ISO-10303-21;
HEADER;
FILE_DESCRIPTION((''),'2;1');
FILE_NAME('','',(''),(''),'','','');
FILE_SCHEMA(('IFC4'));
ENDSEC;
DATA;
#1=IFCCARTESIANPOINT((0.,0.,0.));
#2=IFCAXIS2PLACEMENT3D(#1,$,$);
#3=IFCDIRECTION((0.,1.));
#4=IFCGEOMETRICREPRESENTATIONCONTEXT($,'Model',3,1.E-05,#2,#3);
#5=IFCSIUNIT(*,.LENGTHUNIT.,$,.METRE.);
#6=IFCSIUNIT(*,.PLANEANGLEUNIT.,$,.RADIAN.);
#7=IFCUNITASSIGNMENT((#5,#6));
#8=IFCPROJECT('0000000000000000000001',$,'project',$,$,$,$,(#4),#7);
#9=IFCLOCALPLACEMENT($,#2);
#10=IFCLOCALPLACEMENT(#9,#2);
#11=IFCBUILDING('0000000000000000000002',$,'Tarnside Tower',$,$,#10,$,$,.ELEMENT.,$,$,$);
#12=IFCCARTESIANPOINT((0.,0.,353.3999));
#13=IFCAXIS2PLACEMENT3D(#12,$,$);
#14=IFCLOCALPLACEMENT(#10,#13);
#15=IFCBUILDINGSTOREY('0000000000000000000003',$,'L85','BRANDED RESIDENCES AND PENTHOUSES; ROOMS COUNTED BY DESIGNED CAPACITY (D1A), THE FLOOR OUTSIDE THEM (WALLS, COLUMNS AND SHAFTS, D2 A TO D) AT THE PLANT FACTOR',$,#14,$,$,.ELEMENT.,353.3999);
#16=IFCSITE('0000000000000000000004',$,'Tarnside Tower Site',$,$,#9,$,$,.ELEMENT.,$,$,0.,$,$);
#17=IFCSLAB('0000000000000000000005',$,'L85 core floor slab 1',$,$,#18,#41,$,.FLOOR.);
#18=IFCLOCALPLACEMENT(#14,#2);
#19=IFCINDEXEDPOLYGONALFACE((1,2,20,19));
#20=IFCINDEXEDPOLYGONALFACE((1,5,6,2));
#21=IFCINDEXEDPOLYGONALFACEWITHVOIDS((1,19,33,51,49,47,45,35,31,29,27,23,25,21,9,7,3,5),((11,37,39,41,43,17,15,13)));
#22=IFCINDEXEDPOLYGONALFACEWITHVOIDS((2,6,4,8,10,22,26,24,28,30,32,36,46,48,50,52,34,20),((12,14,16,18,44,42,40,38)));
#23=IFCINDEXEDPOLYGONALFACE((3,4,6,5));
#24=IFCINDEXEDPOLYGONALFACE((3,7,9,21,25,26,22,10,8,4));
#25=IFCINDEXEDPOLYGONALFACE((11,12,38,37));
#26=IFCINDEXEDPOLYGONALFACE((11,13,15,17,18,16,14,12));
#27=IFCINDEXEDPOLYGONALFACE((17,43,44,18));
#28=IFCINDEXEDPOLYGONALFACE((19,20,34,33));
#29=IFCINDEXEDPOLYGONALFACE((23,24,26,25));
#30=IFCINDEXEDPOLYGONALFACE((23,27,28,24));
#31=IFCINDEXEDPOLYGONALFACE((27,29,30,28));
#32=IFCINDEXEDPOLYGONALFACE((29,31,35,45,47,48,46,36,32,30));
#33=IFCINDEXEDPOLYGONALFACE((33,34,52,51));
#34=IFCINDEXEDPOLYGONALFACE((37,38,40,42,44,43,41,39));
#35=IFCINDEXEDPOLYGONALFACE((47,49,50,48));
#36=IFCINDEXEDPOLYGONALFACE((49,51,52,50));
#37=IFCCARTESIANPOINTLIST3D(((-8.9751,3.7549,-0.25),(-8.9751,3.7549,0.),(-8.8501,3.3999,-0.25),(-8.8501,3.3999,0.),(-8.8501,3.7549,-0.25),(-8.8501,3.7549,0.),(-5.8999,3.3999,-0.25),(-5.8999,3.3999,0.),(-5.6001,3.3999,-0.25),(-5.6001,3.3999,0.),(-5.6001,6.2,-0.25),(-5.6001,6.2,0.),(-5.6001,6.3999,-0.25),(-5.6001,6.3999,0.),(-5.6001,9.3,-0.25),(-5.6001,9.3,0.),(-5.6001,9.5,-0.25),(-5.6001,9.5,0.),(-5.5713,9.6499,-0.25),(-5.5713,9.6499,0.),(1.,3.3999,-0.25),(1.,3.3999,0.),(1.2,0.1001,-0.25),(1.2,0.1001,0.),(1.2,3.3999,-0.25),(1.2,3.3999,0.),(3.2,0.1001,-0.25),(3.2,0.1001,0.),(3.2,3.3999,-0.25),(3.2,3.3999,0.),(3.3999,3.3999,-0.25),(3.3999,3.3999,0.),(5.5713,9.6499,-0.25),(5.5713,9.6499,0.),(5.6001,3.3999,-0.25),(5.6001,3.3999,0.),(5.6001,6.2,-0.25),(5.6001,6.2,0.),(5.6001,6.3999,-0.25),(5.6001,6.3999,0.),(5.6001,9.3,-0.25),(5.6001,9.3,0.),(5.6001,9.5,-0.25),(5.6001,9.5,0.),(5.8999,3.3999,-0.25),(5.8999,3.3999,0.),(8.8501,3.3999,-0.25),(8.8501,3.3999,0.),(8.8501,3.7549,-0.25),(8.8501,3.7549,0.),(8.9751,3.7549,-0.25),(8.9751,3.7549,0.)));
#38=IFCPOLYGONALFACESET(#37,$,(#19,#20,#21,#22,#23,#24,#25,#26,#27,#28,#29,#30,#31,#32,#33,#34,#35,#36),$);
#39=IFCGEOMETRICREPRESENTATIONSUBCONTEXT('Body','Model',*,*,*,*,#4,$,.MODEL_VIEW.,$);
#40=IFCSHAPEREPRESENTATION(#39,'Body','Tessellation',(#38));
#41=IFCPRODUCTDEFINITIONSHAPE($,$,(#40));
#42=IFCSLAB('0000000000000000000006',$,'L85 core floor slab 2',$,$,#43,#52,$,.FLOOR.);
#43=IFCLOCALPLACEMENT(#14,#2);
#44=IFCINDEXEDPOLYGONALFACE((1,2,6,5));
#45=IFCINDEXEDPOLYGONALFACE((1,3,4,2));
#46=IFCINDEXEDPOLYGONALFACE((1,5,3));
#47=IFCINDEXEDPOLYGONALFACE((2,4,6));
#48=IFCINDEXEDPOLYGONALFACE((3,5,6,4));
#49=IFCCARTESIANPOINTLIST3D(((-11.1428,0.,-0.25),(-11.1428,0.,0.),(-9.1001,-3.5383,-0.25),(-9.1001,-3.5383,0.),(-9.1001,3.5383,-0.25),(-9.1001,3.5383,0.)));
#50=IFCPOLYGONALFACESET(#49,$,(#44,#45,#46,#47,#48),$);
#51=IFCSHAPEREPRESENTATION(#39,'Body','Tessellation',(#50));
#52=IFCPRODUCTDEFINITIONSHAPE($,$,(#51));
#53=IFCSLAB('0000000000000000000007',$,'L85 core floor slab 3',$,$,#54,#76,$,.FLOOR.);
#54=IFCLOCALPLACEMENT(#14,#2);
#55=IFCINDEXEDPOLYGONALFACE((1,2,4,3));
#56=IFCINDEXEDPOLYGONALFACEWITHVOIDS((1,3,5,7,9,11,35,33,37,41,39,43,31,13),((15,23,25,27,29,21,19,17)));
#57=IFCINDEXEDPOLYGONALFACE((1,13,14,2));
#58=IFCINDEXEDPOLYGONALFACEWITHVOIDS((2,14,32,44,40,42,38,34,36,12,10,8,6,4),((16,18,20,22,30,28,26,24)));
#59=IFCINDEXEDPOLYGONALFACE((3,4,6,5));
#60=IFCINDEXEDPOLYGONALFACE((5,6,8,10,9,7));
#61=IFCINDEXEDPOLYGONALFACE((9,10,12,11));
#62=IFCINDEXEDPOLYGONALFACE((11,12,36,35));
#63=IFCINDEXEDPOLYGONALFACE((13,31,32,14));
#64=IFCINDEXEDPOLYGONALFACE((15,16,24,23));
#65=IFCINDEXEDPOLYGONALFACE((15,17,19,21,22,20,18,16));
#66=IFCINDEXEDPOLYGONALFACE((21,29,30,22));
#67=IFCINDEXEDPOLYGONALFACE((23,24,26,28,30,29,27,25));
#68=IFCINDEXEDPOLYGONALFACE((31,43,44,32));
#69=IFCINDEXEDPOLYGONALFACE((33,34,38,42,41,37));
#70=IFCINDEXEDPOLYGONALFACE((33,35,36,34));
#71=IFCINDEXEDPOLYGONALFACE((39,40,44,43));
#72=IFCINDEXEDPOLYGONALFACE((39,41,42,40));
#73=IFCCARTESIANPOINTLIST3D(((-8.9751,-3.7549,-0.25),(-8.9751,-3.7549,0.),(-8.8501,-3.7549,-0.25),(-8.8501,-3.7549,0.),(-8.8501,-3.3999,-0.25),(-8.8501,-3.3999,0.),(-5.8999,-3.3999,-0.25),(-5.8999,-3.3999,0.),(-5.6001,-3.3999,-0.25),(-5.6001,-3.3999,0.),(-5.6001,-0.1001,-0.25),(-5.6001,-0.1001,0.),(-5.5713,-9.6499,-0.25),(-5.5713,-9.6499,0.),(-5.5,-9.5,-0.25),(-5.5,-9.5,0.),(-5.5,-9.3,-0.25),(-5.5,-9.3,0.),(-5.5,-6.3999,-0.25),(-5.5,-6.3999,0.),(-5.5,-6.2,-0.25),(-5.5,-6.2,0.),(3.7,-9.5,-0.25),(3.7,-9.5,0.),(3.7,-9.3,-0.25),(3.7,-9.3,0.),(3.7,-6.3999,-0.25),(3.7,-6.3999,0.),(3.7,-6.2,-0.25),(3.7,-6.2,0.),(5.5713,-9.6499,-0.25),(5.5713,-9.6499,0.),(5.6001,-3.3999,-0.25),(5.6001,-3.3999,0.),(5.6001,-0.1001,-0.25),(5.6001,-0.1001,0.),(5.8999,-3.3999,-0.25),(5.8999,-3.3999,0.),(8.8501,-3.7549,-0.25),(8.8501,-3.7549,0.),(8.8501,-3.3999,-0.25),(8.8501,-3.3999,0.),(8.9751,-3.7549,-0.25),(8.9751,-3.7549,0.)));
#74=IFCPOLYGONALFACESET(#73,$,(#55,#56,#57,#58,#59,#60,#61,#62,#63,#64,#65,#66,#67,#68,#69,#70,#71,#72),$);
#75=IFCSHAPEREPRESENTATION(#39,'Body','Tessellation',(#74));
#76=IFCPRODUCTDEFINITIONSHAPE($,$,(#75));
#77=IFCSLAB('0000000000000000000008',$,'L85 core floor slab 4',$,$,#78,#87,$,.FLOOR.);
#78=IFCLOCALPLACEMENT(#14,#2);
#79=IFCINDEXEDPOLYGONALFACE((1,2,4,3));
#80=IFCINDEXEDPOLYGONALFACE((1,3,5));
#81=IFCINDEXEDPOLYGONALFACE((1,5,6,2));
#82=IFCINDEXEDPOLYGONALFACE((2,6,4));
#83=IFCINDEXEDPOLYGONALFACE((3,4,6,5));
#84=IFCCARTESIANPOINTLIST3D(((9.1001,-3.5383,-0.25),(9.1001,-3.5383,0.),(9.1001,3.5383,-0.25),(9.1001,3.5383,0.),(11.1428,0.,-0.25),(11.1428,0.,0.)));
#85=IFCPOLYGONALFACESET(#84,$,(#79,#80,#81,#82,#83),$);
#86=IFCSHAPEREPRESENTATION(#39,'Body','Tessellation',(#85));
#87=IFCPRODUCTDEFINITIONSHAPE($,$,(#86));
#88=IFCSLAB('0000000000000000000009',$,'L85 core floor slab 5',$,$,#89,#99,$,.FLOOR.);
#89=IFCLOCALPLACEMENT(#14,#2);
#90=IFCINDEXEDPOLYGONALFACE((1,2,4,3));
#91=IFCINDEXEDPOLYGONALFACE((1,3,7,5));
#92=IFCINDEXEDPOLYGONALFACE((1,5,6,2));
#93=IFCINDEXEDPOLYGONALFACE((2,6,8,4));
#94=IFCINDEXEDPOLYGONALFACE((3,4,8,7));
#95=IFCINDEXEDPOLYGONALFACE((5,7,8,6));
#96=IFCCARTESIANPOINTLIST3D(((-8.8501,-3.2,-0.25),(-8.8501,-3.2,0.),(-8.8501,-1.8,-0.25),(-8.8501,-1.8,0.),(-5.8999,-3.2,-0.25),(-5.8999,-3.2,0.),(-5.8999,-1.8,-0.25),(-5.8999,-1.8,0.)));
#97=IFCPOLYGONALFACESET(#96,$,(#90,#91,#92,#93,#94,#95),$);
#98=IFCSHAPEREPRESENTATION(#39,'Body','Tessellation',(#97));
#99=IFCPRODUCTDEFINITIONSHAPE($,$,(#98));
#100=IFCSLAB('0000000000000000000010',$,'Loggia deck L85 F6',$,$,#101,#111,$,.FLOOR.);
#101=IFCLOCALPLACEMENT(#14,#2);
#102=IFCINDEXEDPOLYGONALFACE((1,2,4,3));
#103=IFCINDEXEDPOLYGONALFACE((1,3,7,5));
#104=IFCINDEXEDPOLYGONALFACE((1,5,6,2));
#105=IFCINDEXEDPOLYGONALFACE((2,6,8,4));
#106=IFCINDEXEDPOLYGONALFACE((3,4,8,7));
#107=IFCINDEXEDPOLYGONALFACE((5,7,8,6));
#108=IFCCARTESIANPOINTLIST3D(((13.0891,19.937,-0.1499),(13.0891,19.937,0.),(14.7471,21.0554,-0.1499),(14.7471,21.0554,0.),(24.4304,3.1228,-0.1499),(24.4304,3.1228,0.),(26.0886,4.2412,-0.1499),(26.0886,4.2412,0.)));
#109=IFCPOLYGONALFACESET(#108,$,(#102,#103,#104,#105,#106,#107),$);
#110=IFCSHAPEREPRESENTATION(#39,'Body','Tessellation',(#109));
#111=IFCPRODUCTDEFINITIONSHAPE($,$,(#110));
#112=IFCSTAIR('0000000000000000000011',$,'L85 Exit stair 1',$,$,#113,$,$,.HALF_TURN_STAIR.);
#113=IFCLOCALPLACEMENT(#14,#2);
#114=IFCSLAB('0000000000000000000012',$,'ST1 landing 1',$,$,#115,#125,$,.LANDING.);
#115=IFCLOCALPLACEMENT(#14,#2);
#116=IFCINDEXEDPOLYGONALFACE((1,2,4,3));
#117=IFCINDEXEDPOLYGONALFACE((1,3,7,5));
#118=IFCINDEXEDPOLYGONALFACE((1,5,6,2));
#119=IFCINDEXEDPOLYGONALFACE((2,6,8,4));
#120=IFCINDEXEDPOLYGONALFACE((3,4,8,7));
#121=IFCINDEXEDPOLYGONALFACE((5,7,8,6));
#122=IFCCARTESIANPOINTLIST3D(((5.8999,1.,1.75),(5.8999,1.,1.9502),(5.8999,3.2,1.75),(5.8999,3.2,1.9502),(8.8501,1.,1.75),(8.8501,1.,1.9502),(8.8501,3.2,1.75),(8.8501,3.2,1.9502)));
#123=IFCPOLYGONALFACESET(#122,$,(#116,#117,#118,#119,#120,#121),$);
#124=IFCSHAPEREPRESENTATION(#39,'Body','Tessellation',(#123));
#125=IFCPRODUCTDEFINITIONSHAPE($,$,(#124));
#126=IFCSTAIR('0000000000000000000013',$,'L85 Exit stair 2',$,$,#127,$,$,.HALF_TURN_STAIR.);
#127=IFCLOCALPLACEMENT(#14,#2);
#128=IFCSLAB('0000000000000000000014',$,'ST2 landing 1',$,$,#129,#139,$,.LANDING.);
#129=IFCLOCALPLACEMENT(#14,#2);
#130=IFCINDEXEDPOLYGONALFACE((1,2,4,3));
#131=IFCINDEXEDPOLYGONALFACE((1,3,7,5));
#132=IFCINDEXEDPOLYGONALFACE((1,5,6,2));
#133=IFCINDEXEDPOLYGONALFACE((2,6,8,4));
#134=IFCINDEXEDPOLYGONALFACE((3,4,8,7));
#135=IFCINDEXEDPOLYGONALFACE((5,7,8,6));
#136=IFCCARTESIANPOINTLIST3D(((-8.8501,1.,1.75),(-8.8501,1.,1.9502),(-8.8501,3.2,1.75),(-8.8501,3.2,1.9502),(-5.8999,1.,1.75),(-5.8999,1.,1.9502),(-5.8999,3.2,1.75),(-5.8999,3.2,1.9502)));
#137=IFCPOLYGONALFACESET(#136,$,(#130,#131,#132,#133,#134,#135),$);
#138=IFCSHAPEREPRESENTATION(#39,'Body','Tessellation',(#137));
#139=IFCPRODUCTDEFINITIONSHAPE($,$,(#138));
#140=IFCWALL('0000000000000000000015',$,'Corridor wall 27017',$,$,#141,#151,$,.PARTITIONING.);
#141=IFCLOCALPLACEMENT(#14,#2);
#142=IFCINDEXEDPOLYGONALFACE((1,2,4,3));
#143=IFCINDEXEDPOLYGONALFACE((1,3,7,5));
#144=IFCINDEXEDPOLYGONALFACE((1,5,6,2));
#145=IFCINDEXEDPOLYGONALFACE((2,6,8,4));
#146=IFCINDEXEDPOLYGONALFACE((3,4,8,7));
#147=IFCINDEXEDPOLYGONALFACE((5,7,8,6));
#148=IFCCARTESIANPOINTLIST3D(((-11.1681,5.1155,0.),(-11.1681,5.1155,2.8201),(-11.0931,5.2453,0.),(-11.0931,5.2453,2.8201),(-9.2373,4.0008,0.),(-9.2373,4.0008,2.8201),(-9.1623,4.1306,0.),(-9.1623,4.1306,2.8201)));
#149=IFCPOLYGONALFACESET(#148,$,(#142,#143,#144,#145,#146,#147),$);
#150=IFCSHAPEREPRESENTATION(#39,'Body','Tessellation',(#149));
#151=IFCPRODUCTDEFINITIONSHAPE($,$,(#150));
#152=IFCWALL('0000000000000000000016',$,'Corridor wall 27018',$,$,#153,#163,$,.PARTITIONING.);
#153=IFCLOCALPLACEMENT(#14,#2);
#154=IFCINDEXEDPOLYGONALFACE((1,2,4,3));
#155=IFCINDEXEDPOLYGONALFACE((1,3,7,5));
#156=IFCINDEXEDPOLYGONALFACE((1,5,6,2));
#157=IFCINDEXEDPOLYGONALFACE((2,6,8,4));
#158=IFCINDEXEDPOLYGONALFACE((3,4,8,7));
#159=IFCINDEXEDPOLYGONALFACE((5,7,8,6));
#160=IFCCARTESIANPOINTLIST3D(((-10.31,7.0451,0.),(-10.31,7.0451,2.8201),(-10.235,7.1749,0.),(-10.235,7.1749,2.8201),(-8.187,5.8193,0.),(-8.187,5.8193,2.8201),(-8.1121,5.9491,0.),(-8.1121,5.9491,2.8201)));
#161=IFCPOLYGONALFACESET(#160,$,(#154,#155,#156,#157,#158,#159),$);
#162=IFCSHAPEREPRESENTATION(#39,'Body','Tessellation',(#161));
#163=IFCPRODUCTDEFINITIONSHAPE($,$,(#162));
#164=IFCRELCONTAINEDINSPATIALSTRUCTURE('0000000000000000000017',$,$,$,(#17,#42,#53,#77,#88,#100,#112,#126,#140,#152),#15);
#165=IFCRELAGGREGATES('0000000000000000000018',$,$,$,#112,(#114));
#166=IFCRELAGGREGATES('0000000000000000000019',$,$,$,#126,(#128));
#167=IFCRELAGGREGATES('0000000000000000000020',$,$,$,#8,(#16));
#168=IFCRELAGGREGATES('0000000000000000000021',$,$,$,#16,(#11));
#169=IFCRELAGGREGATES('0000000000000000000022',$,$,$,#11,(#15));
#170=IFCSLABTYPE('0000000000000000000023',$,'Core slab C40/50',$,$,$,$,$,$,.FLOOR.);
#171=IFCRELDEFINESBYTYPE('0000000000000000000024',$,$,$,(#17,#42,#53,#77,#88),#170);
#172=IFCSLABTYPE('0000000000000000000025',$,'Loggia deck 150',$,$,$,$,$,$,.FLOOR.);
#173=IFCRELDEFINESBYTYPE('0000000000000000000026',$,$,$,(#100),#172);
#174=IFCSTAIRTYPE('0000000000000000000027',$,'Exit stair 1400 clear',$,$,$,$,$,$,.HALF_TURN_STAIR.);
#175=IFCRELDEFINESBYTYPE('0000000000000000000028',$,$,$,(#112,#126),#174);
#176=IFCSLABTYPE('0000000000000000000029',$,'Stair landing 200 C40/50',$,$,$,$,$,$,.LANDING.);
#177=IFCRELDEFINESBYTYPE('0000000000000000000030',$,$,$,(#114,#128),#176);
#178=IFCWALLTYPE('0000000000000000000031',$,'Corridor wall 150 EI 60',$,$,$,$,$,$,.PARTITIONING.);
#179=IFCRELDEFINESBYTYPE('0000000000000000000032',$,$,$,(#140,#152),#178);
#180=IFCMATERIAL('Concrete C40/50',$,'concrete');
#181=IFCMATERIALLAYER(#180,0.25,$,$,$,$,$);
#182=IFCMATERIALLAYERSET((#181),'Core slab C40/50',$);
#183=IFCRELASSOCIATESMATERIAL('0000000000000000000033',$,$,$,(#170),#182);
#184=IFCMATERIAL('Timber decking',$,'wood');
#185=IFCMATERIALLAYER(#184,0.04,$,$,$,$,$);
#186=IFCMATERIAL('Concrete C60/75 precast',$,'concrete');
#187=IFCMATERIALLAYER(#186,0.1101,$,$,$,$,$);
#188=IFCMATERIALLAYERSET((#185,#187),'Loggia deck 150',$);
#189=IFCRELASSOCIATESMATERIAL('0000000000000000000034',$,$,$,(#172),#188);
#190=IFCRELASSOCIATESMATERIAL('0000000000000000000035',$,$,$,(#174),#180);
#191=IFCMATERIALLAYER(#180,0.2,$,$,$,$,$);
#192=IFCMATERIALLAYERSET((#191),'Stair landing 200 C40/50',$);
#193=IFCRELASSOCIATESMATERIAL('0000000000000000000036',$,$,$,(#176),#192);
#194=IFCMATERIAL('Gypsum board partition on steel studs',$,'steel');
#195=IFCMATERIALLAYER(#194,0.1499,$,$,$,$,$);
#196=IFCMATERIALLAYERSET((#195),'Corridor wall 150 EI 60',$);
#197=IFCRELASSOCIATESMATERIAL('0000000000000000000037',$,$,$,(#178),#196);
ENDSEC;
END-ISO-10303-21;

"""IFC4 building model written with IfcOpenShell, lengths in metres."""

from ifc_helpers import new_model, si_unit, direction, frame, frame_2d, origin, place, context, subcontext, project, spatial, polyline, rectangle, outline, extrude, material, layer, layer_set, type_object, element, aggregate, save


model = new_model("IFC4")

# Units and contexts
model_context = context("Model", 3, precision=1e-05, world=origin(), true_north=direction((0.0, 1.0)))
body_context = subcontext(model_context, "Body", "Model", "MODEL_VIEW")
ifc_project = project(units=[si_unit("LENGTHUNIT", "METRE"), si_unit("PLANEANGLEUNIT", "RADIAN")], contexts=[model_context])

# Site, building, storey
site_placement = place(None, origin())
site = spatial("IfcSite", under=ifc_project, at=site_placement, Name="Tarnside Tower Site", CompositionType="ELEMENT", RefElevation=0.0)
building_placement = place(site_placement, origin())
building = spatial("IfcBuilding", under=site, at=building_placement, Name="Tarnside Tower", CompositionType="ELEMENT")
storey_placement = place(building_placement, frame((0.0, 0.0, 353.3999)))
storey = spatial("IfcBuildingStorey", under=building, at=storey_placement, Name="L85", Description="BRANDED RESIDENCES AND PENTHOUSES; ROOMS COUNTED BY DESIGNED CAPACITY (D1A), THE FLOOR OUTSIDE THEM (WALLS, COLUMNS AND SHAFTS, D2 A TO D) AT THE PLANT FACTOR", CompositionType="ELEMENT", Elevation=353.3999)

# Slabs
ifc_material_1 = material(Name="Concrete C40/50", Category="concrete")
ifc_layer_1 = layer(ifc_material_1, 0.25)
ifc_layer_set_1 = layer_set([ifc_layer_1], Name="Core slab C40/50")
slab_type_1 = type_object("IfcSlabType", Name="Core slab C40/50", PredefinedType="FLOOR", material=ifc_layer_set_1)
slab_1_placement = place(storey_placement, frame((0.0, 0.0, -0.25)))
element("IfcSlab", 1, at=slab_1_placement, inside=storey, type_object=slab_type_1, Name="L85 core floor slab 1", PredefinedType="FLOOR", context=body_context, shape_type="SweptSolid", body=[
    extrude(outline(polyline([(5.5713, 9.6499), (8.9751, 3.7549), (8.8501, 3.7549), (8.8501, 3.3999), (5.8999, 3.3999), (5.6001, 3.3999), (3.3999, 3.3999), (3.2, 3.3999), (3.2, 0.1001), (1.2, 0.1001), (1.2, 3.3999), (1.0, 3.3999), (-5.6001, 3.3999), (-5.8999, 3.3999), (-8.8501, 3.3999), (-8.8501, 3.7549), (-8.9751, 3.7549), (-5.5713, 9.6499), (5.5713, 9.6499)]), holes=[polyline([(-5.6001, 6.2), (5.6001, 6.2), (5.6001, 6.3999), (5.6001, 9.3), (5.6001, 9.5), (-5.6001, 9.5), (-5.6001, 9.3), (-5.6001, 6.3999), (-5.6001, 6.2)])]), origin(), (0.0, 0.0, 1.0), 0.25),
])
slab_2_placement = place(storey_placement, frame((0.0, 0.0, -0.25)))
element("IfcSlab", 2, at=slab_2_placement, inside=storey, type_object=slab_type_1, Name="L85 core floor slab 2", PredefinedType="FLOOR", context=body_context, shape_type="SweptSolid", body=[
    extrude(outline(polyline([(-9.1001, -3.5383), (-11.1428, 0.0), (-9.1001, 3.5383), (-9.1001, -3.5383)])), origin(), (0.0, 0.0, 1.0), 0.25),
])
slab_3_placement = place(storey_placement, frame((0.0, 0.0, -0.25)))
element("IfcSlab", 3, at=slab_3_placement, inside=storey, type_object=slab_type_1, Name="L85 core floor slab 3", PredefinedType="FLOOR", context=body_context, shape_type="SweptSolid", body=[
    extrude(outline(polyline([(-8.8501, -3.7549), (-8.8501, -3.3999), (-5.8999, -3.3999), (-5.6001, -3.3999), (-5.6001, -0.1001), (5.6001, -0.1001), (5.6001, -3.3999), (5.8999, -3.3999), (8.8501, -3.3999), (8.8501, -3.7549), (8.9751, -3.7549), (5.5713, -9.6499), (-5.5713, -9.6499), (-8.9751, -3.7549), (-8.8501, -3.7549)]), holes=[polyline([(-5.5, -9.5), (3.7, -9.5), (3.7, -9.3), (3.7, -6.3999), (3.7, -6.2), (-5.5, -6.2), (-5.5, -6.3999), (-5.5, -9.3), (-5.5, -9.5)])]), origin(), (0.0, 0.0, 1.0), 0.25),
])
slab_4_placement = place(storey_placement, frame((0.0, 0.0, -0.25)))
element("IfcSlab", 4, at=slab_4_placement, inside=storey, type_object=slab_type_1, Name="L85 core floor slab 4", PredefinedType="FLOOR", context=body_context, shape_type="SweptSolid", body=[
    extrude(outline(polyline([(9.1001, 3.5383), (11.1428, 0.0), (9.1001, -3.5383), (9.1001, 3.5383)])), origin(), (0.0, 0.0, 1.0), 0.25),
])
slab_5_placement = place(storey_placement, frame((0.0, 0.0, -0.25)))
element("IfcSlab", 5, at=slab_5_placement, inside=storey, type_object=slab_type_1, Name="L85 core floor slab 5", PredefinedType="FLOOR", context=body_context, shape_type="SweptSolid", body=[
    extrude(outline(polyline([(-8.8501, -3.2), (-8.8501, -1.8), (-5.8999, -1.8), (-5.8999, -3.2), (-8.8501, -3.2)])), origin(), (0.0, 0.0, 1.0), 0.25),
])
ifc_material_2 = material(Name="Timber decking", Category="wood")
ifc_layer_2 = layer(ifc_material_2, 0.04)
ifc_material_3 = material(Name="Concrete C60/75 precast", Category="concrete")
ifc_layer_3 = layer(ifc_material_3, 0.1101)
ifc_layer_set_2 = layer_set([ifc_layer_2, ifc_layer_3], Name="Loggia deck 150")
slab_type_2 = type_object("IfcSlabType", Name="Loggia deck 150", PredefinedType="FLOOR", material=ifc_layer_set_2)
slab_6_placement = place(storey_placement, frame((0.0, 0.0, -0.1499)))
element("IfcSlab", 6, at=slab_6_placement, inside=storey, type_object=slab_type_2, Name="Loggia deck L85 F6", PredefinedType="FLOOR", context=body_context, shape_type="SweptSolid", body=[
    extrude(outline(polyline([(24.4304, 3.1228), (13.0891, 19.937), (14.7471, 21.0554), (26.0886, 4.2412), (24.4304, 3.1228)])), origin(), (0.0, 0.0, 1.0), 0.1499),
])

# Stairs, slabs
stair_type = type_object("IfcStairType", Name="Exit stair 1400 clear", PredefinedType="HALF_TURN_STAIR", material=ifc_material_1)
stair_1_placement = place(storey_placement, origin())
stair_1 = element("IfcStair", 7, at=stair_1_placement, inside=storey, type_object=stair_type, Name="L85 Exit stair 1", PredefinedType="HALF_TURN_STAIR")
ifc_layer_4 = layer(ifc_material_1, 0.2)
ifc_layer_set_3 = layer_set([ifc_layer_4], Name="Stair landing 200 C40/50")
slab_type_3 = type_object("IfcSlabType", Name="Stair landing 200 C40/50", PredefinedType="LANDING", material=ifc_layer_set_3)
slab_7_placement = place(storey_placement, frame((0.0, 0.0, 1.75)))
slab_7 = element("IfcSlab", 8, at=slab_7_placement, type_object=slab_type_3, Name="ST1 landing 1", PredefinedType="LANDING", context=body_context, shape_type="SweptSolid", body=[
    extrude(outline(polyline([(8.8501, 1.0), (8.8501, 3.2), (5.8999, 3.2), (5.8999, 1.0), (8.8501, 1.0)])), origin(), (0.0, 0.0, 1.0), 0.2002),
])
aggregate(stair_1, [slab_7])
stair_2_placement = place(storey_placement, origin())
stair_2 = element("IfcStair", 9, at=stair_2_placement, inside=storey, type_object=stair_type, Name="L85 Exit stair 2", PredefinedType="HALF_TURN_STAIR")
slab_8_placement = place(storey_placement, frame((0.0, 0.0, 1.75)))
slab_8 = element("IfcSlab", 10, at=slab_8_placement, type_object=slab_type_3, Name="ST2 landing 1", PredefinedType="LANDING", context=body_context, shape_type="SweptSolid", body=[
    extrude(outline(polyline([(-5.8999, 1.0), (-5.8999, 3.2), (-8.8501, 3.2), (-8.8501, 1.0), (-5.8999, 1.0)])), origin(), (0.0, 0.0, 1.0), 0.2002),
])

# Walls
ifc_material_4 = material(Name="Gypsum board partition on steel studs", Category="steel")
ifc_layer_5 = layer(ifc_material_4, 0.1499)
ifc_layer_set_4 = layer_set([ifc_layer_5], Name="Corridor wall 150 EI 60")
wall_type_1 = type_object("IfcWallType", Name="Corridor wall 150 EI 60", PredefinedType="PARTITIONING", material=ifc_layer_set_4)
wall_1_placement = place(storey_placement, frame((-11.1306, 5.1804, 0.0), z_axis=(0.0, 0.0, 1.0), x_axis=(0.866038, -0.499978, 0.0)))
element("IfcWall", 11, at=wall_1_placement, inside=storey, type_object=wall_type_1, Name="Corridor wall 27017", PredefinedType="PARTITIONING", context=body_context, shape_type="SweptSolid", body=[
    extrude(rectangle(XDim=2.2295, YDim=0.1499, at=frame_2d((1.1147, 0.0))), origin(), (0.0, 0.0, 1.0), 2.8201),
])
wall_2_placement = place(storey_placement, frame((-8.1497, 5.8843, 0.0), z_axis=(0.0, 0.0, 1.0), x_axis=(-0.86601, 0.500027, 0.0)))
element("IfcWall", 12, at=wall_2_placement, inside=storey, type_object=wall_type_1, Name="Corridor wall 27018", PredefinedType="PARTITIONING", context=body_context, shape_type="SweptSolid", body=[
    extrude(rectangle(XDim=2.4514, YDim=0.1499, at=frame_2d((1.2256, 0.0))), origin(), (0.0, 0.0, 1.0), 2.8201),
])

aggregate(stair_2, [slab_8])

save(model, "model.ifc")
